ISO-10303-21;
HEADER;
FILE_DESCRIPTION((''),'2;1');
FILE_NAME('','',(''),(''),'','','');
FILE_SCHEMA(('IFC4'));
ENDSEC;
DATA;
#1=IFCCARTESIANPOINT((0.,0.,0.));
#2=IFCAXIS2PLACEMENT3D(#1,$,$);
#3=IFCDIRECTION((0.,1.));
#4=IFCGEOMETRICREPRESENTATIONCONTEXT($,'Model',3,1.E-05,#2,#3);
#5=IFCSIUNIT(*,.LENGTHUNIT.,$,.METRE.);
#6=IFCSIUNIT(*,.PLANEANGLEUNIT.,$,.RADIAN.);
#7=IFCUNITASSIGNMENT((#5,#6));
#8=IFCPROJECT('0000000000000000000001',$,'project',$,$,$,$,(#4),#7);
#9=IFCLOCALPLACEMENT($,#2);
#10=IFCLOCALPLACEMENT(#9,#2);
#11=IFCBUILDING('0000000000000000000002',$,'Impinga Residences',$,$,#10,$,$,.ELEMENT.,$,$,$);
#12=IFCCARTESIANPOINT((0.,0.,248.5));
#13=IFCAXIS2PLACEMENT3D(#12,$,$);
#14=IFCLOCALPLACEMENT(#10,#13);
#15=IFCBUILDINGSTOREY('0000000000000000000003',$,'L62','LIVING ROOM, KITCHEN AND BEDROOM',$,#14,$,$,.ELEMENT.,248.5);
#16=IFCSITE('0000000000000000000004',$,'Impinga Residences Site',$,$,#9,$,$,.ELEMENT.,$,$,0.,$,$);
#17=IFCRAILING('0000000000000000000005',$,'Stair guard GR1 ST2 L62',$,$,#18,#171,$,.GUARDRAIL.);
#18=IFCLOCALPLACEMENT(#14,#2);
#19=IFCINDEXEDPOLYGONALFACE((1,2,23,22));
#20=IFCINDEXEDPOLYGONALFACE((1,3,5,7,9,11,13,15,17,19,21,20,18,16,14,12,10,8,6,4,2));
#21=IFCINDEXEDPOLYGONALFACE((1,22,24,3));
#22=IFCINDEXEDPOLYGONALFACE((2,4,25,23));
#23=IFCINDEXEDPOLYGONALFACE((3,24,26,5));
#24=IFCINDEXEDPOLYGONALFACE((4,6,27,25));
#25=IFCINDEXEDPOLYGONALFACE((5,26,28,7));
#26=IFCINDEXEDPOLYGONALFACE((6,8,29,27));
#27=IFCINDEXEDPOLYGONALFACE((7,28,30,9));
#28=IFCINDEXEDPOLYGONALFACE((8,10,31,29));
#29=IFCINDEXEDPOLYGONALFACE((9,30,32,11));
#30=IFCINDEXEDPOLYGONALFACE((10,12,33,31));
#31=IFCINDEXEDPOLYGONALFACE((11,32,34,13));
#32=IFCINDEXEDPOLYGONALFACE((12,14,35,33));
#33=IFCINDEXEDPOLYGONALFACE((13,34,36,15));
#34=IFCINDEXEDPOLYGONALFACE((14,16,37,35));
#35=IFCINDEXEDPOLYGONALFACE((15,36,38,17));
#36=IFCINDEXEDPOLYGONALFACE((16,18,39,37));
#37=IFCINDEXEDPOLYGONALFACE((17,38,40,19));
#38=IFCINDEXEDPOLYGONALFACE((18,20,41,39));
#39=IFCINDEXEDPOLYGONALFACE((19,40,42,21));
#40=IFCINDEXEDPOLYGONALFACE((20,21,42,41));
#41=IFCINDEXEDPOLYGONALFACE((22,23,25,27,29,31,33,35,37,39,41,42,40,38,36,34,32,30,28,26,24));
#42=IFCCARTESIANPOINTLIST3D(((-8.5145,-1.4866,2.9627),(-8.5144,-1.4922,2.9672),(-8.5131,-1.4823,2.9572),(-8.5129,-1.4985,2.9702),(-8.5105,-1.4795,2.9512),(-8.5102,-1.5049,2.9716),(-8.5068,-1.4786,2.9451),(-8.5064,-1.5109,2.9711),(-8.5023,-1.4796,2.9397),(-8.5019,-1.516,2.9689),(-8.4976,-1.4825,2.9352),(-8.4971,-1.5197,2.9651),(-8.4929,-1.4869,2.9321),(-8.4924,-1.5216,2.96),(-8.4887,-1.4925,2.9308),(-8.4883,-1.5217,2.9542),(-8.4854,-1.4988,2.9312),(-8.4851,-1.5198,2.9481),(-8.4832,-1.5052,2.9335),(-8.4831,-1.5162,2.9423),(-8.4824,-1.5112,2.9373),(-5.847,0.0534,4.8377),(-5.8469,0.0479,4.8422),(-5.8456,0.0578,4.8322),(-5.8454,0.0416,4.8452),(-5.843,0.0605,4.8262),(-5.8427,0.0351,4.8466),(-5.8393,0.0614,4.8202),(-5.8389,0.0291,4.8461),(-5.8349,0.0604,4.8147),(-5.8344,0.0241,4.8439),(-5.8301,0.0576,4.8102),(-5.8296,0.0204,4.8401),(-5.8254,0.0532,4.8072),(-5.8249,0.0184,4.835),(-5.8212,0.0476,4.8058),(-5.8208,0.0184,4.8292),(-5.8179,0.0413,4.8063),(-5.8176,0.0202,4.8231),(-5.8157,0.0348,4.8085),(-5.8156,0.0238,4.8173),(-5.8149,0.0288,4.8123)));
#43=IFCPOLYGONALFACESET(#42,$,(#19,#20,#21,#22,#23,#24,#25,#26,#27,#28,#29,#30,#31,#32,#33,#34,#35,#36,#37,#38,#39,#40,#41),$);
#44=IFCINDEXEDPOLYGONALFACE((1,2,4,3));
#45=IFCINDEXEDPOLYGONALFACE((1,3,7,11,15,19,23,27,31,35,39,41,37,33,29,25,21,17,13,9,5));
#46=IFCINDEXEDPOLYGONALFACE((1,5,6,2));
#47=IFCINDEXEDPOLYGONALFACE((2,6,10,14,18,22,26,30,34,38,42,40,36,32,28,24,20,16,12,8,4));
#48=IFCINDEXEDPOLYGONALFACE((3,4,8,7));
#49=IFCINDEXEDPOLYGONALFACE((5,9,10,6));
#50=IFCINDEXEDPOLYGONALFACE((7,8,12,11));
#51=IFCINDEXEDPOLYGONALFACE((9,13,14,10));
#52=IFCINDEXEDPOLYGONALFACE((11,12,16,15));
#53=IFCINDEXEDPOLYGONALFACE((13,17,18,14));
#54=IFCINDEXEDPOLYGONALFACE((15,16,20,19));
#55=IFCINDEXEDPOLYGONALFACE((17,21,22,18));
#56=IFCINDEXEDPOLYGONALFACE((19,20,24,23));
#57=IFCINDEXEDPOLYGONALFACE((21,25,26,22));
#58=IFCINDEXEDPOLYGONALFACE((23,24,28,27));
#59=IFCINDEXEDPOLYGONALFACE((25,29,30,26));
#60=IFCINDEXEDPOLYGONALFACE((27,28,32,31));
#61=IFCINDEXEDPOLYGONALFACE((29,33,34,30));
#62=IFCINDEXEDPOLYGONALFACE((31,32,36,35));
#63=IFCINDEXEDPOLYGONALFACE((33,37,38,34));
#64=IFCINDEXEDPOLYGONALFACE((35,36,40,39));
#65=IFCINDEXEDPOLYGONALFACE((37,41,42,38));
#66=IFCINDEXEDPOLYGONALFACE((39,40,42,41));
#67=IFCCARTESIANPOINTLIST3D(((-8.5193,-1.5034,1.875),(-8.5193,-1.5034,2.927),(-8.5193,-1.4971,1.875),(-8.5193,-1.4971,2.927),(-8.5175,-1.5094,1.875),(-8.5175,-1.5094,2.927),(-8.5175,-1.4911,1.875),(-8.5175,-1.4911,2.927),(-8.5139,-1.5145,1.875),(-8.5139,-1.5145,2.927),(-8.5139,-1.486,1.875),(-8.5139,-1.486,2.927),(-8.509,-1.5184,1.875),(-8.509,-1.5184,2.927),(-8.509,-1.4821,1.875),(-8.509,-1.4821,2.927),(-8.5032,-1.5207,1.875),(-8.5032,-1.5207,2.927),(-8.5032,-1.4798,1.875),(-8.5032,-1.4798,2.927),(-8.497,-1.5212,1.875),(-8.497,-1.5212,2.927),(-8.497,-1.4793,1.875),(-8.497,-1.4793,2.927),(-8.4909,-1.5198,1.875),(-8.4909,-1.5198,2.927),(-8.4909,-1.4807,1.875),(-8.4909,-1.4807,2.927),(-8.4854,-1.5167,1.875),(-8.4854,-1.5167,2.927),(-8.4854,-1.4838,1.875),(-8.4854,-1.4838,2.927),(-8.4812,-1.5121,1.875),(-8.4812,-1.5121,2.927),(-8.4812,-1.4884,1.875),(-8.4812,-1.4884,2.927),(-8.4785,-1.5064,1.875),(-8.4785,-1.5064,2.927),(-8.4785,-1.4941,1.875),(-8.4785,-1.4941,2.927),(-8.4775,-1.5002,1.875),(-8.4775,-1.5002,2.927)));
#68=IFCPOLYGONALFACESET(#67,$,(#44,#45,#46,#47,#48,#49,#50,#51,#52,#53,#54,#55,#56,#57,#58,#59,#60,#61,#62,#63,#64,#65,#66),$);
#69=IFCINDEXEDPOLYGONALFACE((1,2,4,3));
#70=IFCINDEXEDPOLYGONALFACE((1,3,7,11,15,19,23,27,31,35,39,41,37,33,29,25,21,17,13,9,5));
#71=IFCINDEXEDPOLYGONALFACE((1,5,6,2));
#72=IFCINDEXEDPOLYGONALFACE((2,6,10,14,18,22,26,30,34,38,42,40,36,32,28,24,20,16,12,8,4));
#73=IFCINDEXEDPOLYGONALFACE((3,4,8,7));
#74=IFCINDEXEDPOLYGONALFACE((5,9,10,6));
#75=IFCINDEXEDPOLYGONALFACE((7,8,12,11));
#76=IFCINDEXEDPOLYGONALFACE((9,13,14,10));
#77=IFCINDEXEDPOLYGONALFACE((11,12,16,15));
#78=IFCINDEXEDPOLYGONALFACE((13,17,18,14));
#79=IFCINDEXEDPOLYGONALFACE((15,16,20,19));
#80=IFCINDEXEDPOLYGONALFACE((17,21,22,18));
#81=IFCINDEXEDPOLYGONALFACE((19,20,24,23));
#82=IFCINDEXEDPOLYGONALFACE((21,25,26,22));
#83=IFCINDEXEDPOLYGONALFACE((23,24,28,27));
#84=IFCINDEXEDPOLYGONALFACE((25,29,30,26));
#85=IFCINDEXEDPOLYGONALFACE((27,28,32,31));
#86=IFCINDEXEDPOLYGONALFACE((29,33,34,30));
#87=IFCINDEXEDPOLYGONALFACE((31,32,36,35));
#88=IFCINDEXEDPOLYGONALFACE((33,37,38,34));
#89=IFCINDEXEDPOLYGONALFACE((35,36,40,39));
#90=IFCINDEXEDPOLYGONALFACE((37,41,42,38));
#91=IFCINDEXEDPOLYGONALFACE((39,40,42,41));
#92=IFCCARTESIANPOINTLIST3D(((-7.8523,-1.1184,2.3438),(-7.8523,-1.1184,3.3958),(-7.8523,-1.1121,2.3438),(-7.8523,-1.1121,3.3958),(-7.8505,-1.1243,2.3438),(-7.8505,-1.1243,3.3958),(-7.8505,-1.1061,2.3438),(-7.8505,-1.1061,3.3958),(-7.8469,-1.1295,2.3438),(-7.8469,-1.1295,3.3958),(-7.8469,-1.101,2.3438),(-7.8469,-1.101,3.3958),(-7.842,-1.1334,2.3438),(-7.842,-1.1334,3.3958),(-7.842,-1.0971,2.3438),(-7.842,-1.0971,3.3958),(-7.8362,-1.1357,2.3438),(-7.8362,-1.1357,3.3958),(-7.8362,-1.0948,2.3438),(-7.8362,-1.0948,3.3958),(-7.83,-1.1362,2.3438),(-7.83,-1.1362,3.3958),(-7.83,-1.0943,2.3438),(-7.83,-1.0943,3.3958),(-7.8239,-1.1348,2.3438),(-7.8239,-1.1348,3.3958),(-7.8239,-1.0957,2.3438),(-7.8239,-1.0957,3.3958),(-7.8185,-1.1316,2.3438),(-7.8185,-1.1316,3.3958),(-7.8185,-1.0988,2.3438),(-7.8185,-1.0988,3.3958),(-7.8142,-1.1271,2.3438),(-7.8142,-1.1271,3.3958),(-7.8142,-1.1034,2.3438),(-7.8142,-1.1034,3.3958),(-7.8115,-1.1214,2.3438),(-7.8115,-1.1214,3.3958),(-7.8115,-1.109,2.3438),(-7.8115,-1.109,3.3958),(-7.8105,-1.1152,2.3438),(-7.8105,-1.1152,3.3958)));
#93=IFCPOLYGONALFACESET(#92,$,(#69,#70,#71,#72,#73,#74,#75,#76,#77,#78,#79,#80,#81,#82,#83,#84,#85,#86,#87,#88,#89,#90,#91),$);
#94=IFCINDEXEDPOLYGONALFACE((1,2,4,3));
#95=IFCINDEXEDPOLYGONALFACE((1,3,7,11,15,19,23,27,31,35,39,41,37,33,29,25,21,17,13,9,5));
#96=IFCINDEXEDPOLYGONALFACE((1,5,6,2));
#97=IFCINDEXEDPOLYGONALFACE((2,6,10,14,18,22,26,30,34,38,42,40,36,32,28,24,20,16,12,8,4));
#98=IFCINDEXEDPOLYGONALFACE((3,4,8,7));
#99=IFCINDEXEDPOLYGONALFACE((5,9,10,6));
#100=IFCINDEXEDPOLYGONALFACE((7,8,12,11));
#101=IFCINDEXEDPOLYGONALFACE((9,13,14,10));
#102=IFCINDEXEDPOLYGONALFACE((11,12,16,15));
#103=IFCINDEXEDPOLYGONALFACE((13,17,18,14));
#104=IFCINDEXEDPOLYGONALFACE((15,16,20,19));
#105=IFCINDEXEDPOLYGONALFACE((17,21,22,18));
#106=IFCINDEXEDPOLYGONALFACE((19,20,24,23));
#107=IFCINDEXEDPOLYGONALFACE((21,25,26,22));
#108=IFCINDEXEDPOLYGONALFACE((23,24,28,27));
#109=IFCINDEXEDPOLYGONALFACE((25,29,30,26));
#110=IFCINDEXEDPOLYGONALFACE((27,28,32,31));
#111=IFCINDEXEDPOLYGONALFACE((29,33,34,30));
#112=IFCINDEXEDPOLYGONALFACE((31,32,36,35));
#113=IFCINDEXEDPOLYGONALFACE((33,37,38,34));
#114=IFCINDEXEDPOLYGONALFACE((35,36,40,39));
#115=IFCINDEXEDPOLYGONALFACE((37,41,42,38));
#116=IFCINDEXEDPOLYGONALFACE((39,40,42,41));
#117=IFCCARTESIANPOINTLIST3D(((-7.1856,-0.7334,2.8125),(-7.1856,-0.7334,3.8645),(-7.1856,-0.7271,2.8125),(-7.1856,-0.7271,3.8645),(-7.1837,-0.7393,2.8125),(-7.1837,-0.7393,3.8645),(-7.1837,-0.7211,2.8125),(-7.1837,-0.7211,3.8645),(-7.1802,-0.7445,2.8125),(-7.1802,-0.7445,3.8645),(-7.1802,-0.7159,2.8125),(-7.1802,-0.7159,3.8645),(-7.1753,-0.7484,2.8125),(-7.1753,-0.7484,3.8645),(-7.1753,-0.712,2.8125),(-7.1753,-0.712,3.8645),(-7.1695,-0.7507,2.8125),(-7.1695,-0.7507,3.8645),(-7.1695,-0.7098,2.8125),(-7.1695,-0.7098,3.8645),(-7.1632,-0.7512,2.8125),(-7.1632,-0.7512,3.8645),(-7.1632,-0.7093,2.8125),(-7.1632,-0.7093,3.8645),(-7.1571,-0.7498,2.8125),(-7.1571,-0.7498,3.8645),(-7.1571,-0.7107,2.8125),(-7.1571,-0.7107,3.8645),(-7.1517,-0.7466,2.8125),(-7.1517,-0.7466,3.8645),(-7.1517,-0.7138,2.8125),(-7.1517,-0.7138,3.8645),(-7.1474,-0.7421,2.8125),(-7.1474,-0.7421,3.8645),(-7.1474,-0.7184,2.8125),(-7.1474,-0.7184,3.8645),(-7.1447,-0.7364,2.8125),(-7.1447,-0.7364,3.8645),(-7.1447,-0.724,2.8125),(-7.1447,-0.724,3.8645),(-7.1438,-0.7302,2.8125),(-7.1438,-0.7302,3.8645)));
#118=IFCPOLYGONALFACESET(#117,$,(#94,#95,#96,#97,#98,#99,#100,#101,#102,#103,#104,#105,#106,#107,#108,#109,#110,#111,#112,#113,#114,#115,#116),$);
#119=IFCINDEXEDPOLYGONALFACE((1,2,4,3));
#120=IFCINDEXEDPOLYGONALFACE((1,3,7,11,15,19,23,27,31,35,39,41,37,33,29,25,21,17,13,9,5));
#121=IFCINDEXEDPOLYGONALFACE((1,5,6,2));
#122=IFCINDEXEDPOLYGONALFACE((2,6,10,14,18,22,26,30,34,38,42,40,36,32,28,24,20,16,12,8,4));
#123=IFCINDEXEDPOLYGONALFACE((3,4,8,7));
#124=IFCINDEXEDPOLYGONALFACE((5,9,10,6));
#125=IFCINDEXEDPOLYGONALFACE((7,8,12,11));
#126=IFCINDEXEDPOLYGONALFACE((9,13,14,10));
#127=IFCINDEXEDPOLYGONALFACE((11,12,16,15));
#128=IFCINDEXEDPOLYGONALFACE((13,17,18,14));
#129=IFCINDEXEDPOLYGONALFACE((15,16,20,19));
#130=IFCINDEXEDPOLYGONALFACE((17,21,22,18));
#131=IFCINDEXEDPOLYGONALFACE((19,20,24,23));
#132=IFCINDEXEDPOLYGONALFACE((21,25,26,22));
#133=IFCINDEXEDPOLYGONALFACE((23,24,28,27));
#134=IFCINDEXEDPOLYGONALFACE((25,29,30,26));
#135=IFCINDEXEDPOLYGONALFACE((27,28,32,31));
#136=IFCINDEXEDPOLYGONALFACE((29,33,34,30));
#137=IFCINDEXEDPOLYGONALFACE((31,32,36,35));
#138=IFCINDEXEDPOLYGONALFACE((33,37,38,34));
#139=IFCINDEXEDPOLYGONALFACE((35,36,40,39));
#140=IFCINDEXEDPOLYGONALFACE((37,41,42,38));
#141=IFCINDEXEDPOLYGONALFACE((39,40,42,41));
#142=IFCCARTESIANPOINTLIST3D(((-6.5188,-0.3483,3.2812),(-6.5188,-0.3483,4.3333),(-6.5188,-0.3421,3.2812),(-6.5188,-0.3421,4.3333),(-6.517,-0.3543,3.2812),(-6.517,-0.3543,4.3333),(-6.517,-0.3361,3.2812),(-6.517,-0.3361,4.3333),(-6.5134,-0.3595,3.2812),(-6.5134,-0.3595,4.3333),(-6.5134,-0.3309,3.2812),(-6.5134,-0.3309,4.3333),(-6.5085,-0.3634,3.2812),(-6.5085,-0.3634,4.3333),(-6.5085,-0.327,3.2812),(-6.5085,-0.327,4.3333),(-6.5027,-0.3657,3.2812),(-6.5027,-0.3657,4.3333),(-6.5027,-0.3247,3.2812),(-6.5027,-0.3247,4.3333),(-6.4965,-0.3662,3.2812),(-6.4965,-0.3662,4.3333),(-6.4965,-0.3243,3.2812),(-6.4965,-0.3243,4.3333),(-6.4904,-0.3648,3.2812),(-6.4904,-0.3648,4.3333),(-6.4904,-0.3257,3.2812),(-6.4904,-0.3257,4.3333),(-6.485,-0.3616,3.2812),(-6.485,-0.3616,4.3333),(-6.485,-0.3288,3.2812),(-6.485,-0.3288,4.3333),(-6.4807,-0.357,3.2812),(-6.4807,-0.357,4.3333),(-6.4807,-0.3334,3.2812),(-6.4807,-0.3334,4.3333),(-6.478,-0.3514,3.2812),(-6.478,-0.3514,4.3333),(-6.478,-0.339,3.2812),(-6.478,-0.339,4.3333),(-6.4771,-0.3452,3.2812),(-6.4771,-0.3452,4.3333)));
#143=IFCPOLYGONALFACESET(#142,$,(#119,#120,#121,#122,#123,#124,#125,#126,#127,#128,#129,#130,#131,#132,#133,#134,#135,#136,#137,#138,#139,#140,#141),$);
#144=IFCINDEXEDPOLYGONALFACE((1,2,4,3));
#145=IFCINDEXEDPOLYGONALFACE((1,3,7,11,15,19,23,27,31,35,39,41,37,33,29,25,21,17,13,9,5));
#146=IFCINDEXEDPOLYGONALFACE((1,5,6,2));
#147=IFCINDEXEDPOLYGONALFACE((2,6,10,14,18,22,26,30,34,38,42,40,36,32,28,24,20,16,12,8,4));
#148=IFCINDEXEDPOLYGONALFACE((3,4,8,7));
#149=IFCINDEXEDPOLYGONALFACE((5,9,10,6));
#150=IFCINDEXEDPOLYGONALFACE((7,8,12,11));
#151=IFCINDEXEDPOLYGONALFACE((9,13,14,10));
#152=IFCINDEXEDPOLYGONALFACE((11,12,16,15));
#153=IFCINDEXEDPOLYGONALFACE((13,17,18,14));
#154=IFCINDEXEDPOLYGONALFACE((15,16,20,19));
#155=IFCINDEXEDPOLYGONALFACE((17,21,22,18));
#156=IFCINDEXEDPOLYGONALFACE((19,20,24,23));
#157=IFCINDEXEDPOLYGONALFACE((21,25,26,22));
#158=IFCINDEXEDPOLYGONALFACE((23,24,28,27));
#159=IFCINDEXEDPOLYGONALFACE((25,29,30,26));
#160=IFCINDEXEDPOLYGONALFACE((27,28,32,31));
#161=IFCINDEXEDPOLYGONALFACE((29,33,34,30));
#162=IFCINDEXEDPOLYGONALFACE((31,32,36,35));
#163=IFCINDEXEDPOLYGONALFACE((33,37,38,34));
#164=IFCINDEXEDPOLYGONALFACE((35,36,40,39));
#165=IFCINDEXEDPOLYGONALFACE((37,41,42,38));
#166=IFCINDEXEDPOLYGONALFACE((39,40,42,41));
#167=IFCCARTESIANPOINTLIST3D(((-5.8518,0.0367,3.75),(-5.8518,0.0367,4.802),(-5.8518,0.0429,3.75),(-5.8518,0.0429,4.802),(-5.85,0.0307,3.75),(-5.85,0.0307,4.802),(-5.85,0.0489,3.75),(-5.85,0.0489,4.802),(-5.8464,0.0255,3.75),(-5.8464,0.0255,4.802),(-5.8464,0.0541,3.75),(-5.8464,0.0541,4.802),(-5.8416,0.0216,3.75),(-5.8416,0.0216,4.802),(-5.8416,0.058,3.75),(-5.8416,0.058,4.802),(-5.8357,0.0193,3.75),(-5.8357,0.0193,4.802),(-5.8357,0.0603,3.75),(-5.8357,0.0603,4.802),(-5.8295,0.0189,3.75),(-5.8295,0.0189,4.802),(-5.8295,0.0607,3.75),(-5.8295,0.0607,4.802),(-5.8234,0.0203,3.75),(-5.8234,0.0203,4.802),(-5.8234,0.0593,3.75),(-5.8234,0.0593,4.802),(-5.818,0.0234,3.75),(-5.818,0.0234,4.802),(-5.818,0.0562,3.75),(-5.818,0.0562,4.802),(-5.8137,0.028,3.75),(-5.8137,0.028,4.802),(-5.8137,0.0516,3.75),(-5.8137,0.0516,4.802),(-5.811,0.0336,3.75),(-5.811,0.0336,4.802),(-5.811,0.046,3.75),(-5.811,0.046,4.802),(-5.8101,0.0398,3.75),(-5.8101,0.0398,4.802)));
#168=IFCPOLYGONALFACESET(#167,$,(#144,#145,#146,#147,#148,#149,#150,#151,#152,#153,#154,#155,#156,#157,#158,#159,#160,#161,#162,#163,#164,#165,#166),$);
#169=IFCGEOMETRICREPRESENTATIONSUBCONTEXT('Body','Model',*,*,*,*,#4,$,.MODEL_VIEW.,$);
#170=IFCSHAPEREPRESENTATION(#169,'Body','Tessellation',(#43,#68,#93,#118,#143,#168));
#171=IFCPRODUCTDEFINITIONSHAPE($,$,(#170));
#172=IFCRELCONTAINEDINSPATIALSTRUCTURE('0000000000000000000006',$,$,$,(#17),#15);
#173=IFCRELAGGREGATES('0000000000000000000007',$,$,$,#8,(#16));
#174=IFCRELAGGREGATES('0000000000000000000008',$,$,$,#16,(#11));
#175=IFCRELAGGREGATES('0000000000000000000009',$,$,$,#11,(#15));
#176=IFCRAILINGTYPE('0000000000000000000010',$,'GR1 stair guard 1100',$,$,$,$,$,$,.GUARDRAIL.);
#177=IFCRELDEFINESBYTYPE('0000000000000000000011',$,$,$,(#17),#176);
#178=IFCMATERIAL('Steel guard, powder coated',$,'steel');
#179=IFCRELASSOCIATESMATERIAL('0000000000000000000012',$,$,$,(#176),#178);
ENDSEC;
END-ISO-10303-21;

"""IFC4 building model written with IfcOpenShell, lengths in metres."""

from ifc_helpers import new_model, si_unit, direction, frame, origin, origin_2d, place, context, subcontext, project, spatial, circle, extrude, material, type_object, element, save


model = new_model("IFC4")

# Units and contexts
model_context = context("Model", 3, precision=1e-05, world=origin(), true_north=direction((0.0, 1.0)))
body_context = subcontext(model_context, "Body", "Model", "MODEL_VIEW")
ifc_project = project(units=[si_unit("LENGTHUNIT", "METRE"), si_unit("PLANEANGLEUNIT", "RADIAN")], contexts=[model_context])

# Site, building, storey
site_placement = place(None, origin())
site = spatial("IfcSite", under=ifc_project, at=site_placement, Name="Impinga Residences Site", CompositionType="ELEMENT", RefElevation=0.0)
building_placement = place(site_placement, origin())
building = spatial("IfcBuilding", under=site, at=building_placement, Name="Impinga Residences", CompositionType="ELEMENT")
storey_placement = place(building_placement, frame((0.0, 0.0, 248.5)))
storey = spatial("IfcBuildingStorey", under=building, at=storey_placement, Name="L62", Description="LIVING ROOM, KITCHEN AND BEDROOM", CompositionType="ELEMENT", Elevation=248.5)

# Railing
ifc_material_1 = material(Name="Steel guard, powder coated", Category="steel")
railing_type_1 = type_object("IfcRailingType", Name="GR1 stair guard 1100", PredefinedType="GUARDRAIL", material=ifc_material_1)
railing_1_placement = place(storey_placement, frame((-8.4985, -1.5002, 1.875)))
element("IfcRailing", 1, at=railing_1_placement, inside=storey, type_object=railing_type_1, Name="Stair guard GR1 ST2 L62", PredefinedType="GUARDRAIL", context=body_context, shape_type="SweptSolid", body=[
    extrude(circle(Radius=0.0239, at=origin_2d()), frame((0.0, 0.0, 1.0762), z_axis=(0.739746, 0.427084, 0.519975), x_axis=(-0.499992, 0.86603, 0.0)), (0.0, 0.0, 1.0), 3.606),
    extrude(circle(Radius=0.021, at=origin_2d()), origin(), (0.0, 0.0, 1.0), 1.052),
    extrude(circle(Radius=0.021, at=origin_2d()), frame((0.667, 0.385, 0.4688)), (0.0, 0.0, 1.0), 1.052),
    extrude(circle(Radius=0.021, at=origin_2d()), frame((1.3337, 0.77, 0.9375)), (0.0, 0.0, 1.0), 1.052),
    extrude(circle(Radius=0.021, at=origin_2d()), frame((2.0005, 1.155, 1.4062)), (0.0, 0.0, 1.0), 1.052),
    extrude(circle(Radius=0.021, at=origin_2d()), frame((2.6675, 1.54, 1.875)), (0.0, 0.0, 1.0), 1.052),
])

save(model, "model.ifc")
